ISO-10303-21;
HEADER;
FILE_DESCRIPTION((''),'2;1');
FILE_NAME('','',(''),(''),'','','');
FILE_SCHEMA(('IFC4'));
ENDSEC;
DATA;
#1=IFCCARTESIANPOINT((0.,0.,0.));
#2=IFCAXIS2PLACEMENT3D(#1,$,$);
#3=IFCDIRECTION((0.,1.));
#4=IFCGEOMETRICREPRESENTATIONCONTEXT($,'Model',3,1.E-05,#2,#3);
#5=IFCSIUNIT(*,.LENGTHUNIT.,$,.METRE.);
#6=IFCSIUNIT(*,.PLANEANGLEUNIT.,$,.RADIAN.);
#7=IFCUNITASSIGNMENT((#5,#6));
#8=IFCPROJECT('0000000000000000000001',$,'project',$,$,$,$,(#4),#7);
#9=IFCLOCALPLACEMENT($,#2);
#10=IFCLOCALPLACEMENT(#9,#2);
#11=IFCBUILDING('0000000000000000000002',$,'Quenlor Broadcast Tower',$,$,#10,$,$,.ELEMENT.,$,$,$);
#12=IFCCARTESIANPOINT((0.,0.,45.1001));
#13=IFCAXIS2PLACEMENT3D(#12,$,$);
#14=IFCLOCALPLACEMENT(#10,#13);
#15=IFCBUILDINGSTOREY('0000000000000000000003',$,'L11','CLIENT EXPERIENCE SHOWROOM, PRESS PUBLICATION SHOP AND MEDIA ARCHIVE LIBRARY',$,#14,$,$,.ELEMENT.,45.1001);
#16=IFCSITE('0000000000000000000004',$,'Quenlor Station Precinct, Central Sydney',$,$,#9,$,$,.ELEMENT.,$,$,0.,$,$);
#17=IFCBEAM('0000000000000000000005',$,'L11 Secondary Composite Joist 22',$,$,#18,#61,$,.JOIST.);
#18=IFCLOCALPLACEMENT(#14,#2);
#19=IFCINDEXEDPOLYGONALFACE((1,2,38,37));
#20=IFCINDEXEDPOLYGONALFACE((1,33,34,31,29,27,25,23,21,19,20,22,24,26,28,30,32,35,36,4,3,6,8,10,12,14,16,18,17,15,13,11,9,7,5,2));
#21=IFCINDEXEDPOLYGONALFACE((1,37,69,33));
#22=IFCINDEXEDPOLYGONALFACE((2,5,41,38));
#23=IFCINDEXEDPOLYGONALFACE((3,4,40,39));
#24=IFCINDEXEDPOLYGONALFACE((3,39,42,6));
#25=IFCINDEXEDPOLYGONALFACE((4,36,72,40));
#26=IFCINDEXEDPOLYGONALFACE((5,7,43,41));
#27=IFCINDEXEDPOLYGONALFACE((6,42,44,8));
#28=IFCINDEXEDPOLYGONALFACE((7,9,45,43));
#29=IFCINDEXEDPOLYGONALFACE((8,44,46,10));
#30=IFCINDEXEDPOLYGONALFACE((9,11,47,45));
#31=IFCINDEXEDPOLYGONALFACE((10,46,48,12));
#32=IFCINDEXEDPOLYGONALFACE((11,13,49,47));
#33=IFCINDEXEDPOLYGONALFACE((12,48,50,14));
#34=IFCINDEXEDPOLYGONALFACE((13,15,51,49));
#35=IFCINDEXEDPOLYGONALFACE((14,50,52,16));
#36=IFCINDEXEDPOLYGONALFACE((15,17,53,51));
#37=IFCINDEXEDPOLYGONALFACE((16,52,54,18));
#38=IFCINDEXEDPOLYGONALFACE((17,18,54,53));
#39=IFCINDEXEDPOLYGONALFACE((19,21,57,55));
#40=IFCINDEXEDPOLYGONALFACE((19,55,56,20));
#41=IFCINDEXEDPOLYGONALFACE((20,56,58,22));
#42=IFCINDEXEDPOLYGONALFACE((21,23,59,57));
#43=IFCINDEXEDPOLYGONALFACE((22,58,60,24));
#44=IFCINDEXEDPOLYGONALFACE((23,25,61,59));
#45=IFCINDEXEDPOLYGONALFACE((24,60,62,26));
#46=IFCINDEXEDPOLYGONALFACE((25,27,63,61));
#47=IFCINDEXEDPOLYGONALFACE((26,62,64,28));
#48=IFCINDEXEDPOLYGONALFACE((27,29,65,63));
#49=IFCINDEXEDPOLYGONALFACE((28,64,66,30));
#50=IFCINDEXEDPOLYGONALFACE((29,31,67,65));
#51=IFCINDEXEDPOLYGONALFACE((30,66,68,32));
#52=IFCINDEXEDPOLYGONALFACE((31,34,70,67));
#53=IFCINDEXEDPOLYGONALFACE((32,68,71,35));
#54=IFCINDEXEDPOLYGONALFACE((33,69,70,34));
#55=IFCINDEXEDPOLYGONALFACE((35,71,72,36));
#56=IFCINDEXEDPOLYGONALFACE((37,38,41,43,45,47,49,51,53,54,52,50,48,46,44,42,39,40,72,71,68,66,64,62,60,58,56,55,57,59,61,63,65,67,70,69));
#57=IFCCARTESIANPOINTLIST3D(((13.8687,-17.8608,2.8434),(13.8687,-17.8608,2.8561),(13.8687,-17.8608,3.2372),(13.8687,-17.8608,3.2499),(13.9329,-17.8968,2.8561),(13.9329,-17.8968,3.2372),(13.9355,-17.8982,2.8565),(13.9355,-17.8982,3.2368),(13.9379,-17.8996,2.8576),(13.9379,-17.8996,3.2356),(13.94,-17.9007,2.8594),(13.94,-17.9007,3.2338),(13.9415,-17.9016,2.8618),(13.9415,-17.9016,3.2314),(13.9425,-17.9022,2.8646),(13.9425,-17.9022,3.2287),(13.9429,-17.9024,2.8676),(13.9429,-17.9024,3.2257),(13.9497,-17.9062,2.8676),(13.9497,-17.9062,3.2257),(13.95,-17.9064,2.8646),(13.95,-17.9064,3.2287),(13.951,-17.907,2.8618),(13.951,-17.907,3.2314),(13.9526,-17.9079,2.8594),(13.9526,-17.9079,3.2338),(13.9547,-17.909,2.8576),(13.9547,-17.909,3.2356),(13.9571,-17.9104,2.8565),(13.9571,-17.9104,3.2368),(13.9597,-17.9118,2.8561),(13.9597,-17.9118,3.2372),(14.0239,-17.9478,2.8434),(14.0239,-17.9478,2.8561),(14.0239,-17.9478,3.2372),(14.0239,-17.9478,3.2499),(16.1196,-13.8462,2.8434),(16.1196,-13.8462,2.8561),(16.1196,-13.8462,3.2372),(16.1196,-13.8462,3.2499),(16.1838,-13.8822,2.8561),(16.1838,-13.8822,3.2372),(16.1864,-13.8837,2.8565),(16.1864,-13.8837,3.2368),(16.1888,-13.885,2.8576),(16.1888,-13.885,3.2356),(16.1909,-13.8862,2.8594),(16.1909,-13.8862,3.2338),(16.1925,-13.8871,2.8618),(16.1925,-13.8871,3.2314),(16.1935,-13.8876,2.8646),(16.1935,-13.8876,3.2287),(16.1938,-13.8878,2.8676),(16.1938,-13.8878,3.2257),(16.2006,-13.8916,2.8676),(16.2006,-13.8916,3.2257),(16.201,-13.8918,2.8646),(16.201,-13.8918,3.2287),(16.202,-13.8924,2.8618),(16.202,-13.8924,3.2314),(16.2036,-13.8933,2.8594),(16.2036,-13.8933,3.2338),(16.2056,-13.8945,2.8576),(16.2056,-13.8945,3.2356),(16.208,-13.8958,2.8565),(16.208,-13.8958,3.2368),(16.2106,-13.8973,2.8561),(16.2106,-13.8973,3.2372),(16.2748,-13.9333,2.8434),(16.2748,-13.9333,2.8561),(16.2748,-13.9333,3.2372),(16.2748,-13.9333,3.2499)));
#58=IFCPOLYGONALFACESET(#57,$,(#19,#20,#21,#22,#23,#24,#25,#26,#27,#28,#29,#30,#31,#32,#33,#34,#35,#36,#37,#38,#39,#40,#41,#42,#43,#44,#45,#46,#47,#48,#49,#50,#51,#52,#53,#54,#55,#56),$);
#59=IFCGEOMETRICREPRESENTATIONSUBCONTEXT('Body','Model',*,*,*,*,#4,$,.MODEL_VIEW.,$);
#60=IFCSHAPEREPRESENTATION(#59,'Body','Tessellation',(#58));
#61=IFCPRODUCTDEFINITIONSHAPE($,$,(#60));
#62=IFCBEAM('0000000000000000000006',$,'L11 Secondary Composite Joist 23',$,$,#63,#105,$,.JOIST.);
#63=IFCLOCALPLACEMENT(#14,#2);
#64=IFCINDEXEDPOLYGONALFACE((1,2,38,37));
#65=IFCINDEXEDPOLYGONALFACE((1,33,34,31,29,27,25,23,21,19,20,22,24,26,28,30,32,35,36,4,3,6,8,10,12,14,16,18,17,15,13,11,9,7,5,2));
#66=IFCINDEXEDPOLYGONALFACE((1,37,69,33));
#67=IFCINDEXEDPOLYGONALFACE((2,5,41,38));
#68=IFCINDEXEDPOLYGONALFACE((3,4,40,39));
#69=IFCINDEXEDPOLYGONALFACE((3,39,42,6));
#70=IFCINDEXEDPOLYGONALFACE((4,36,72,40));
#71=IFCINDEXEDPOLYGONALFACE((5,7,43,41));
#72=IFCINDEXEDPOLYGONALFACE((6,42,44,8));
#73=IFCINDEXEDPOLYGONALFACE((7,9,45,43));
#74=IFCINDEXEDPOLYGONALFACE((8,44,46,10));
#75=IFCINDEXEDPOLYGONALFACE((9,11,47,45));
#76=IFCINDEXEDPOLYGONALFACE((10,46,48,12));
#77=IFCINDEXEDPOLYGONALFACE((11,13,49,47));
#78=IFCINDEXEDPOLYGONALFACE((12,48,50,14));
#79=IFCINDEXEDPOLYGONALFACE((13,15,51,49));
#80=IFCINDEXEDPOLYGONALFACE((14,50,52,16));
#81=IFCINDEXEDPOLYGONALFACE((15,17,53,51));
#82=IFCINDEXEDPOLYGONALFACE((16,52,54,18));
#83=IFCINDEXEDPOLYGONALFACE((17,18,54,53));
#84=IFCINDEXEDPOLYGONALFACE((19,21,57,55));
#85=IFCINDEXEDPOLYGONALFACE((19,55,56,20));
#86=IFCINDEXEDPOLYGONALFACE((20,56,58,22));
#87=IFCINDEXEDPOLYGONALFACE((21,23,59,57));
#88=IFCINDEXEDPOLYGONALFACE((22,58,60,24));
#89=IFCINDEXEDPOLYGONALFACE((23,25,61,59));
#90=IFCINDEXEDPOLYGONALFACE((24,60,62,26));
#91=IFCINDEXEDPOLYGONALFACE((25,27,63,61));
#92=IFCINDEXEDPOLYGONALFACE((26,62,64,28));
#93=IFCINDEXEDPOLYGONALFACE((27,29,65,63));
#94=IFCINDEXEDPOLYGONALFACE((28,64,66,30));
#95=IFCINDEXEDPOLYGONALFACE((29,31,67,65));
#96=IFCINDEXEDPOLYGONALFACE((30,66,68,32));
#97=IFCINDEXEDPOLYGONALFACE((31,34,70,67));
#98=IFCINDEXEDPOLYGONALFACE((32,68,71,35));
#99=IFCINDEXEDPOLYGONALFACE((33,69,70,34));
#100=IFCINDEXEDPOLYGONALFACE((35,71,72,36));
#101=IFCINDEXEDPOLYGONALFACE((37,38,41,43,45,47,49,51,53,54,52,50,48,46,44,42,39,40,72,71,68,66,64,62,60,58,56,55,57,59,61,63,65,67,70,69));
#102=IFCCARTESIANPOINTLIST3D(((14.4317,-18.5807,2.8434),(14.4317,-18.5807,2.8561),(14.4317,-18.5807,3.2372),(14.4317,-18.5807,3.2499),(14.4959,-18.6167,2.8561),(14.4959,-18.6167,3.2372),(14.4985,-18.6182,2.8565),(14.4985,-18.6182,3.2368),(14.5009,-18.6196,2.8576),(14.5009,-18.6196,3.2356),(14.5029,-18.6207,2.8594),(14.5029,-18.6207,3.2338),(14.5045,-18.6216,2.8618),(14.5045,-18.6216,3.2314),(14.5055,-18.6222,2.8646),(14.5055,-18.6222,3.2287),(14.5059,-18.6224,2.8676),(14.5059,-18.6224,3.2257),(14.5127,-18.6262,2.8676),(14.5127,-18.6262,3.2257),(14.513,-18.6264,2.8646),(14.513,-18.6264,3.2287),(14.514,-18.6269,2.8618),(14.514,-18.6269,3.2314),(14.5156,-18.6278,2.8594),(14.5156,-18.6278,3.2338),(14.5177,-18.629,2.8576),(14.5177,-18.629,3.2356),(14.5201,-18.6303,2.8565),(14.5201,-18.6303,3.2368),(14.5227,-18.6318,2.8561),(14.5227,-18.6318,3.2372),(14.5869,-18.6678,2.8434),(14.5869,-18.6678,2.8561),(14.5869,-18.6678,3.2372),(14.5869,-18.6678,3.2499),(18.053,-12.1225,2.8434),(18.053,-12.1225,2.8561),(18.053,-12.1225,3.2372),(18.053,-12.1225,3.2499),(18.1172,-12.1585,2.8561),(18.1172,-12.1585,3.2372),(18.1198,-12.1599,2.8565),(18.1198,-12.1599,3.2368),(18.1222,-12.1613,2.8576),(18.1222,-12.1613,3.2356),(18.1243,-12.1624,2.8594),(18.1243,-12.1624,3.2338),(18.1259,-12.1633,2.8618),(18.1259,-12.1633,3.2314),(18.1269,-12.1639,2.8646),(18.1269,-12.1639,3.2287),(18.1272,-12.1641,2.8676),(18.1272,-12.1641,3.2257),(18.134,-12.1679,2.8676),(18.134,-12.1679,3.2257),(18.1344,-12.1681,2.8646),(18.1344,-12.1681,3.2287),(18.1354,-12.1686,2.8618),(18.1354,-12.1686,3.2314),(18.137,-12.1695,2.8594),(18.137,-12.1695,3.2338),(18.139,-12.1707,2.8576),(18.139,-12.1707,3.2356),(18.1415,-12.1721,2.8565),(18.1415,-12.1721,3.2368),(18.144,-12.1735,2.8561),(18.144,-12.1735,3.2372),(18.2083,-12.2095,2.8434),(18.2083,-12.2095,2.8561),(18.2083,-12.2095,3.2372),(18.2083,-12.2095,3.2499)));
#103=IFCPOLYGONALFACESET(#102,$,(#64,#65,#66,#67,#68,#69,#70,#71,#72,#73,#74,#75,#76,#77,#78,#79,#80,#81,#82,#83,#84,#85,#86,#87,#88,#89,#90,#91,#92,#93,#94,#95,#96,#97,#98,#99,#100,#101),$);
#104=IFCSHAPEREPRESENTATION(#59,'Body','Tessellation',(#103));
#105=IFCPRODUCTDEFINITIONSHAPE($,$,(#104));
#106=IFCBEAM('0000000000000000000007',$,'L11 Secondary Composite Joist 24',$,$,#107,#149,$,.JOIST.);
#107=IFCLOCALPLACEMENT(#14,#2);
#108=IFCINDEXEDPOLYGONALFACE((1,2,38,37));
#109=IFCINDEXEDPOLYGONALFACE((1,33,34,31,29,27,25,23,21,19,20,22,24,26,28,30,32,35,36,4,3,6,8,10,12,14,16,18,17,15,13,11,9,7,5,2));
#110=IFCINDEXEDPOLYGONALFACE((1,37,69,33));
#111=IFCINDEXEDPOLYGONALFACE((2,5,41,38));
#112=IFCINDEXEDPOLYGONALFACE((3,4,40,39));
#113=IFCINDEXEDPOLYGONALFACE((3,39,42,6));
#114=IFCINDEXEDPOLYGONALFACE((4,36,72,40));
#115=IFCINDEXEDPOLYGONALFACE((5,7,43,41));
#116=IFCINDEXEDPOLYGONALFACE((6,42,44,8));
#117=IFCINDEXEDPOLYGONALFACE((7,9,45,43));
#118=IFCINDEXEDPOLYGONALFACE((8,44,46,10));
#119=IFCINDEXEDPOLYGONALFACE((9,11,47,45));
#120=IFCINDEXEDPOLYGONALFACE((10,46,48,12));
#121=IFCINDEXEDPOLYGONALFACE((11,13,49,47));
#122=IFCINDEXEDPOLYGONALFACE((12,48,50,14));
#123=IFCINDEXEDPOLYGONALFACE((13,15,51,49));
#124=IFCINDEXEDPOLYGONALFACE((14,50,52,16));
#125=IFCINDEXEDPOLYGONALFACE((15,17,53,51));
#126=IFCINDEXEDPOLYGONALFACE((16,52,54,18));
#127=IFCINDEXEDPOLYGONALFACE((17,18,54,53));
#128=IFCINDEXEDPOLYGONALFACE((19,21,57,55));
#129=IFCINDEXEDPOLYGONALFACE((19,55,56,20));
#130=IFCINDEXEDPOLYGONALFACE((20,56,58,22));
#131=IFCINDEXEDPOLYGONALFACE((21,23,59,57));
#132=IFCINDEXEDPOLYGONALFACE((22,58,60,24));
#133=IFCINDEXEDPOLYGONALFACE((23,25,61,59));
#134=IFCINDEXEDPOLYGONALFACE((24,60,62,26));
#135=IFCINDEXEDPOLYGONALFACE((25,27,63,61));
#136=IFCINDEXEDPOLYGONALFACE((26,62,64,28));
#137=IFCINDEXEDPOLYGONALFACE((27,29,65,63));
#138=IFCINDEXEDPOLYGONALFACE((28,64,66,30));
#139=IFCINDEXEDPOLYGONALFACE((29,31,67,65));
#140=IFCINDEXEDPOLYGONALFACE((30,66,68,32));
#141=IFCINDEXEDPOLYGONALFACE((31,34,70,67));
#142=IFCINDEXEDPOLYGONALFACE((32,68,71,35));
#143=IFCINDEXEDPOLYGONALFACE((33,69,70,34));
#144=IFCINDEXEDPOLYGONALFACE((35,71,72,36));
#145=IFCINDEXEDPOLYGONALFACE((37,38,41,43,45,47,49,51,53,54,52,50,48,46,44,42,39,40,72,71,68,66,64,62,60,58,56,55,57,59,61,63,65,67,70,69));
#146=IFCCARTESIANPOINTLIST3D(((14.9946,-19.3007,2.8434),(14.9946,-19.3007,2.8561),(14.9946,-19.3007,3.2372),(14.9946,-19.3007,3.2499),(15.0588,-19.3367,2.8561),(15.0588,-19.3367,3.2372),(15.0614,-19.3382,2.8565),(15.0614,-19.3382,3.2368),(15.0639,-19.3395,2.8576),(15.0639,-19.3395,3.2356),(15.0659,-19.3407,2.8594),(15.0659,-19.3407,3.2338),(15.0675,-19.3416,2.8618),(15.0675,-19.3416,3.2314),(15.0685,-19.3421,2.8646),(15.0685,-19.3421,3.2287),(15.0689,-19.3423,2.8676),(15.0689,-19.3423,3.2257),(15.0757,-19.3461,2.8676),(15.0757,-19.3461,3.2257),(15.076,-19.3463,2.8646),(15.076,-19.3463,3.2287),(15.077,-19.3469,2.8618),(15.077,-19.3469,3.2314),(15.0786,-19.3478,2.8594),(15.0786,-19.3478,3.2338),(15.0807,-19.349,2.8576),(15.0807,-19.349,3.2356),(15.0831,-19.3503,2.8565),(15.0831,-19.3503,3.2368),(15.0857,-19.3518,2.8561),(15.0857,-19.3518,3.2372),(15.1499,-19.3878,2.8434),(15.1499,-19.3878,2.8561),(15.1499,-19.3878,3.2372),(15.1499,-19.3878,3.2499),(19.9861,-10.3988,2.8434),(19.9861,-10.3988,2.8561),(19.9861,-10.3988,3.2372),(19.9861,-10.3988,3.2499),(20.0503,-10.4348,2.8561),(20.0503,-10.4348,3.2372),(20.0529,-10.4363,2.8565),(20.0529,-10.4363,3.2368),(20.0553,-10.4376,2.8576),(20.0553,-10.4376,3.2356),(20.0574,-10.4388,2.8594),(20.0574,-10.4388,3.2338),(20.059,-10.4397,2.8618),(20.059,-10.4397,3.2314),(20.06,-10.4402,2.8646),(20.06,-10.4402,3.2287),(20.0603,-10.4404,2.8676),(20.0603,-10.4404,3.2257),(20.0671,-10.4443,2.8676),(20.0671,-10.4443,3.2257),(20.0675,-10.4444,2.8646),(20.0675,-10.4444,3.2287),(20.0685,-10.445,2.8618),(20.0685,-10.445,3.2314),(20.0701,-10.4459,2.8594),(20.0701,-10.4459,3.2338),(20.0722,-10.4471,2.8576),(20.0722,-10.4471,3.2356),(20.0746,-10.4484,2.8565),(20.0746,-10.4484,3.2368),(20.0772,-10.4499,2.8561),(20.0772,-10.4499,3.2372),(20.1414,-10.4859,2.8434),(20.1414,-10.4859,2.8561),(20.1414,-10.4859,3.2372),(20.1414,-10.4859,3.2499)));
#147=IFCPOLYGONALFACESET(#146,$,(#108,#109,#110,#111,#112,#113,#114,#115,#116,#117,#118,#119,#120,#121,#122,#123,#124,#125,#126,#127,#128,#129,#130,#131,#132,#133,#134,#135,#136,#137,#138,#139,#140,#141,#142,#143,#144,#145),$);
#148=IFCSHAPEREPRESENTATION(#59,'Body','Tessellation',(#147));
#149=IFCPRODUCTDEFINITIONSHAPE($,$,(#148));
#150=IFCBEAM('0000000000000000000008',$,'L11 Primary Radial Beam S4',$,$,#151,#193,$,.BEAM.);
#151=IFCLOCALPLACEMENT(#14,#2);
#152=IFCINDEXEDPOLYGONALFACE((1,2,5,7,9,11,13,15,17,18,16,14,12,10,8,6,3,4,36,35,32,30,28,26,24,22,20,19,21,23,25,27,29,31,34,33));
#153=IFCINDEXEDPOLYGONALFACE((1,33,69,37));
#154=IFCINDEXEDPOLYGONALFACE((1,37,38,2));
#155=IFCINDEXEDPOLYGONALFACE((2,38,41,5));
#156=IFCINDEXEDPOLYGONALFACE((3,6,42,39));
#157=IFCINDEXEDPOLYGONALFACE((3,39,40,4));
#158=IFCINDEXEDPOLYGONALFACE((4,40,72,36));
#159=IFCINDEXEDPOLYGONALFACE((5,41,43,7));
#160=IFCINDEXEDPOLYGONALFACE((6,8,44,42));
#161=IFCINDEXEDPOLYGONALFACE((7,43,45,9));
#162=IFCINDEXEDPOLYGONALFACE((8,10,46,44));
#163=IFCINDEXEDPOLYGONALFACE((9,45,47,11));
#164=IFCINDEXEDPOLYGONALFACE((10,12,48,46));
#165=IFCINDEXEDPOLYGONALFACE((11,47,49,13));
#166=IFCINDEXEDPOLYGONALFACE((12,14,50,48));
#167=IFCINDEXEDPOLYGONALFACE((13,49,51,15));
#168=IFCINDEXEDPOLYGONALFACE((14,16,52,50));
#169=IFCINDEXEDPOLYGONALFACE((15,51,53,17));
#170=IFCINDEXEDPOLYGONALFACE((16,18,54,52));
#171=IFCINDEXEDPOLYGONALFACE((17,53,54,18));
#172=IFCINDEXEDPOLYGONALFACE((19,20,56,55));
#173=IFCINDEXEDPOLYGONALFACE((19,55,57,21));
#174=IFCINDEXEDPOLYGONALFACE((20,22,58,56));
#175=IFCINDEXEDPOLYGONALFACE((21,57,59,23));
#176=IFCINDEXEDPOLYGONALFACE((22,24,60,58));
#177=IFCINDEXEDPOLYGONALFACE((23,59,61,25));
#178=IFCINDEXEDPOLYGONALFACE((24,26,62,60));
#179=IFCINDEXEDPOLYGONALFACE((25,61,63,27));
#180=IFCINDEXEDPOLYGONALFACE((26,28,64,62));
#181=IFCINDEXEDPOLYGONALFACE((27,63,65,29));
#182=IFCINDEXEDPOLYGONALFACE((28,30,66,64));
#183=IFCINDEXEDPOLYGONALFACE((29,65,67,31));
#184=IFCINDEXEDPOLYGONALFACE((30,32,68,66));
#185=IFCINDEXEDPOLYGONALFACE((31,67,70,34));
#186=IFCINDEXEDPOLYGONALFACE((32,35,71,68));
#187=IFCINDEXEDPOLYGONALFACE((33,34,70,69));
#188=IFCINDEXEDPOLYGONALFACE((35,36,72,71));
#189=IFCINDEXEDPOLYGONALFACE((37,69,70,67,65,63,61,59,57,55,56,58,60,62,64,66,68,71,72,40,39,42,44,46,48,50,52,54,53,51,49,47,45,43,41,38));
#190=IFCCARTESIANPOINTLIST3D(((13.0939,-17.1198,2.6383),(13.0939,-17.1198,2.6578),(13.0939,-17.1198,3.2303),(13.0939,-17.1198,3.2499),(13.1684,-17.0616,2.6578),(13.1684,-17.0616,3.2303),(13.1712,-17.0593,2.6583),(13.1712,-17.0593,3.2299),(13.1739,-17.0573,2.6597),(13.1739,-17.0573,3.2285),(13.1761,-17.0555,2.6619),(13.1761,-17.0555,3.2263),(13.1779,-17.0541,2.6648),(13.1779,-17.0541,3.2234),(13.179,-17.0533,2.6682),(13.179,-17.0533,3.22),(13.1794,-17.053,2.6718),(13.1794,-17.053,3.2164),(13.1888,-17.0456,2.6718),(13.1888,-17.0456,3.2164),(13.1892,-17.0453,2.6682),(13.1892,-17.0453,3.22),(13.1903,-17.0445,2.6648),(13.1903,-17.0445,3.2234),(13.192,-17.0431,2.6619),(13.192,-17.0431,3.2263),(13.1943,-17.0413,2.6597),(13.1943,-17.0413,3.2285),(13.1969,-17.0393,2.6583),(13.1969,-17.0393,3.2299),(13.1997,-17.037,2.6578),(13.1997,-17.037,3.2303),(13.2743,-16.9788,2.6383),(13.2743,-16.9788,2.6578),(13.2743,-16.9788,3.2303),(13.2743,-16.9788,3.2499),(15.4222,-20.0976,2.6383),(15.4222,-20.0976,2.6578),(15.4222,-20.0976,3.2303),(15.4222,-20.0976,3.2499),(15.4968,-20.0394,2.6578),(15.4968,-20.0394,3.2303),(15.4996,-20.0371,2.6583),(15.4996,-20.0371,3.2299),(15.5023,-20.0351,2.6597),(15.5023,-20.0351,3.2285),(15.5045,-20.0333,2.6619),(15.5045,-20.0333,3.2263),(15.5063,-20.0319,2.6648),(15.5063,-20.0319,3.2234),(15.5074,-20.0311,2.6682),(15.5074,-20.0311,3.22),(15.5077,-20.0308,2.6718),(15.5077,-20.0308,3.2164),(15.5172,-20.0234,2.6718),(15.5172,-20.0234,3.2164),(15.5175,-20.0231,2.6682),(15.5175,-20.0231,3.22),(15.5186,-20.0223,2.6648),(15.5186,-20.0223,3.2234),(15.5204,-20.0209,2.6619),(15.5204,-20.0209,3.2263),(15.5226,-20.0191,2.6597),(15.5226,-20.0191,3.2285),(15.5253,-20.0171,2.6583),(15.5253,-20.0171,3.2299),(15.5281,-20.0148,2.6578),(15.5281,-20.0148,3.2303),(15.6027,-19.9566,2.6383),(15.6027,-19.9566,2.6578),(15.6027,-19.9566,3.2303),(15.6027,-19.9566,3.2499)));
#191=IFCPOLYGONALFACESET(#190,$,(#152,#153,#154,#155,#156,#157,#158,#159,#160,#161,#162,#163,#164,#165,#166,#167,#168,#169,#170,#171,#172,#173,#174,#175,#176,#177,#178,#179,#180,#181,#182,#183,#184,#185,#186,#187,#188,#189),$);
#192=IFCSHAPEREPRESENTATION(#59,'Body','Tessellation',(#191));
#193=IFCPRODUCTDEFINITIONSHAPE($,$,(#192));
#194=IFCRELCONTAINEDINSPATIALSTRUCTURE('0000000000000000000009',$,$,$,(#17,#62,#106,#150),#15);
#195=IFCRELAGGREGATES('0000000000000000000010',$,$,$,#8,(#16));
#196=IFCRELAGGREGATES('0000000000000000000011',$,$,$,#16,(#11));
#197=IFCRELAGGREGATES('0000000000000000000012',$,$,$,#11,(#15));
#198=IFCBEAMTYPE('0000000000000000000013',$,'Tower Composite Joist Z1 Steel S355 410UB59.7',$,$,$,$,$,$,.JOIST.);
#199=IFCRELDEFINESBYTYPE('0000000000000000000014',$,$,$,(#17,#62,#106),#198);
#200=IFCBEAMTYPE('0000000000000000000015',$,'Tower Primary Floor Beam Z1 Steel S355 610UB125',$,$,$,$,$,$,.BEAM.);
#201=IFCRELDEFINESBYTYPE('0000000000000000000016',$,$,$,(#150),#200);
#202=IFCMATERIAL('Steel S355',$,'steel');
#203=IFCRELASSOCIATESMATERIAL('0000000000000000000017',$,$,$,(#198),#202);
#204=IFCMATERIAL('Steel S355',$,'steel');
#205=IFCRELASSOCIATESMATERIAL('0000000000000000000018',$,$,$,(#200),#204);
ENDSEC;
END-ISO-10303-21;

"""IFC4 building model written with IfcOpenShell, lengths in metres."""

from ifc_helpers import new_model, si_unit, direction, frame, origin, origin_2d, place, context, subcontext, project, spatial, i_section, extrude, material, material_profile, profile_set, type_object, element, save


model = new_model("IFC4")

# Units and contexts
model_context = context("Model", 3, precision=1e-05, world=origin(), true_north=direction((0.0, 1.0)))
body_context = subcontext(model_context, "Body", "Model", "MODEL_VIEW")
ifc_project = project(units=[si_unit("LENGTHUNIT", "METRE"), si_unit("PLANEANGLEUNIT", "RADIAN")], contexts=[model_context])

# Site, building, storey
site_placement = place(None, origin())
site = spatial("IfcSite", under=ifc_project, at=site_placement, Name="Quenlor Station Precinct, Central Sydney", CompositionType="ELEMENT", RefElevation=0.0)
building_placement = place(site_placement, origin())
building = spatial("IfcBuilding", under=site, at=building_placement, Name="Quenlor Broadcast Tower", CompositionType="ELEMENT")
storey_placement = place(building_placement, frame((0.0, 0.0, 45.1001)))
storey = spatial("IfcBuildingStorey", under=building, at=storey_placement, Name="L11", Description="CLIENT EXPERIENCE SHOWROOM, PRESS PUBLICATION SHOP AND MEDIA ARCHIVE LIBRARY", CompositionType="ELEMENT", Elevation=45.1001)

# Beams
ifc_material_1 = material(Name="Steel S355", Category="steel")
ifc_material_profile_1 = material_profile(ifc_material_1, i_section(OverallWidth=0.178, OverallDepth=0.4065, WebThickness=0.0078, FlangeThickness=0.0127, FilletRadius=0.0115, at=origin_2d()))
ifc_profile_set_1 = profile_set([ifc_material_profile_1], Name="Steel S355 410UB59.7")
beam_type_1 = type_object("IfcBeamType", Name="Tower Composite Joist Z1 Steel S355 410UB59.7", PredefinedType="JOIST", material=ifc_profile_set_1)
beam_1_placement = place(storey_placement, frame((13.9463, -17.9043, 3.0466), z_axis=(0.489062, 0.872249, 0.0), x_axis=(-0.872249, 0.489062, 0.0)))
element("IfcBeam", 1, at=beam_1_placement, inside=storey, type_object=beam_type_1, Name="L11 Secondary Composite Joist 22", PredefinedType="JOIST", context=body_context, shape_type="SweptSolid", body=[
    extrude(i_section(OverallWidth=0.178, OverallDepth=0.4065, WebThickness=0.0078, FlangeThickness=0.0127, FilletRadius=0.0115, at=origin_2d()), origin(), (0.0, 0.0, 1.0), 4.6025),
])
beam_2_placement = place(storey_placement, frame((14.5093, -18.6243, 3.0466), z_axis=(0.489088, 0.872234, 0.0), x_axis=(-0.872234, 0.489088, 0.0)))
element("IfcBeam", 2, at=beam_2_placement, inside=storey, type_object=beam_type_1, Name="L11 Secondary Composite Joist 23", PredefinedType="JOIST", context=body_context, shape_type="SweptSolid", body=[
    extrude(i_section(OverallWidth=0.178, OverallDepth=0.4065, WebThickness=0.0078, FlangeThickness=0.0127, FilletRadius=0.0115, at=origin_2d()), origin(), (0.0, 0.0, 1.0), 7.4043),
])
beam_3_placement = place(storey_placement, frame((15.0723, -19.3442, 3.0466), z_axis=(0.489082, 0.872238, 0.0), x_axis=(-0.872238, 0.489082, 0.0)))
element("IfcBeam", 3, at=beam_3_placement, inside=storey, type_object=beam_type_1, Name="L11 Secondary Composite Joist 24", PredefinedType="JOIST", context=body_context, shape_type="SweptSolid", body=[
    extrude(i_section(OverallWidth=0.178, OverallDepth=0.4065, WebThickness=0.0078, FlangeThickness=0.0127, FilletRadius=0.0115, at=origin_2d()), origin(), (0.0, 0.0, 1.0), 10.2058),
])
ifc_material_2 = material(Name="Steel S355", Category="steel")
ifc_material_profile_2 = material_profile(ifc_material_2, i_section(OverallWidth=0.229, OverallDepth=0.6116, WebThickness=0.012, FlangeThickness=0.0195, FilletRadius=0.0139, at=origin_2d()))
ifc_profile_set_2 = profile_set([ifc_material_profile_2], Name="Steel S355 610UB125")
beam_type_2 = type_object("IfcBeamType", Name="Tower Primary Floor Beam Z1 Steel S355 610UB125", PredefinedType="BEAM", material=ifc_profile_set_2)
beam_4_placement = place(storey_placement, frame((15.5125, -20.0271, 2.9441), z_axis=(-0.615969, 0.787771, 0.0), x_axis=(-0.787771, -0.615969, 0.0)))
element("IfcBeam", 4, at=beam_4_placement, inside=storey, type_object=beam_type_2, Name="L11 Primary Radial Beam S4", PredefinedType="BEAM", context=body_context, shape_type="SweptSolid", body=[
    extrude(i_section(OverallWidth=0.229, OverallDepth=0.6116, WebThickness=0.012, FlangeThickness=0.0195, FilletRadius=0.0139, at=origin_2d()), origin(), (0.0, 0.0, 1.0), 3.78),
])

save(model, "model.ifc")
